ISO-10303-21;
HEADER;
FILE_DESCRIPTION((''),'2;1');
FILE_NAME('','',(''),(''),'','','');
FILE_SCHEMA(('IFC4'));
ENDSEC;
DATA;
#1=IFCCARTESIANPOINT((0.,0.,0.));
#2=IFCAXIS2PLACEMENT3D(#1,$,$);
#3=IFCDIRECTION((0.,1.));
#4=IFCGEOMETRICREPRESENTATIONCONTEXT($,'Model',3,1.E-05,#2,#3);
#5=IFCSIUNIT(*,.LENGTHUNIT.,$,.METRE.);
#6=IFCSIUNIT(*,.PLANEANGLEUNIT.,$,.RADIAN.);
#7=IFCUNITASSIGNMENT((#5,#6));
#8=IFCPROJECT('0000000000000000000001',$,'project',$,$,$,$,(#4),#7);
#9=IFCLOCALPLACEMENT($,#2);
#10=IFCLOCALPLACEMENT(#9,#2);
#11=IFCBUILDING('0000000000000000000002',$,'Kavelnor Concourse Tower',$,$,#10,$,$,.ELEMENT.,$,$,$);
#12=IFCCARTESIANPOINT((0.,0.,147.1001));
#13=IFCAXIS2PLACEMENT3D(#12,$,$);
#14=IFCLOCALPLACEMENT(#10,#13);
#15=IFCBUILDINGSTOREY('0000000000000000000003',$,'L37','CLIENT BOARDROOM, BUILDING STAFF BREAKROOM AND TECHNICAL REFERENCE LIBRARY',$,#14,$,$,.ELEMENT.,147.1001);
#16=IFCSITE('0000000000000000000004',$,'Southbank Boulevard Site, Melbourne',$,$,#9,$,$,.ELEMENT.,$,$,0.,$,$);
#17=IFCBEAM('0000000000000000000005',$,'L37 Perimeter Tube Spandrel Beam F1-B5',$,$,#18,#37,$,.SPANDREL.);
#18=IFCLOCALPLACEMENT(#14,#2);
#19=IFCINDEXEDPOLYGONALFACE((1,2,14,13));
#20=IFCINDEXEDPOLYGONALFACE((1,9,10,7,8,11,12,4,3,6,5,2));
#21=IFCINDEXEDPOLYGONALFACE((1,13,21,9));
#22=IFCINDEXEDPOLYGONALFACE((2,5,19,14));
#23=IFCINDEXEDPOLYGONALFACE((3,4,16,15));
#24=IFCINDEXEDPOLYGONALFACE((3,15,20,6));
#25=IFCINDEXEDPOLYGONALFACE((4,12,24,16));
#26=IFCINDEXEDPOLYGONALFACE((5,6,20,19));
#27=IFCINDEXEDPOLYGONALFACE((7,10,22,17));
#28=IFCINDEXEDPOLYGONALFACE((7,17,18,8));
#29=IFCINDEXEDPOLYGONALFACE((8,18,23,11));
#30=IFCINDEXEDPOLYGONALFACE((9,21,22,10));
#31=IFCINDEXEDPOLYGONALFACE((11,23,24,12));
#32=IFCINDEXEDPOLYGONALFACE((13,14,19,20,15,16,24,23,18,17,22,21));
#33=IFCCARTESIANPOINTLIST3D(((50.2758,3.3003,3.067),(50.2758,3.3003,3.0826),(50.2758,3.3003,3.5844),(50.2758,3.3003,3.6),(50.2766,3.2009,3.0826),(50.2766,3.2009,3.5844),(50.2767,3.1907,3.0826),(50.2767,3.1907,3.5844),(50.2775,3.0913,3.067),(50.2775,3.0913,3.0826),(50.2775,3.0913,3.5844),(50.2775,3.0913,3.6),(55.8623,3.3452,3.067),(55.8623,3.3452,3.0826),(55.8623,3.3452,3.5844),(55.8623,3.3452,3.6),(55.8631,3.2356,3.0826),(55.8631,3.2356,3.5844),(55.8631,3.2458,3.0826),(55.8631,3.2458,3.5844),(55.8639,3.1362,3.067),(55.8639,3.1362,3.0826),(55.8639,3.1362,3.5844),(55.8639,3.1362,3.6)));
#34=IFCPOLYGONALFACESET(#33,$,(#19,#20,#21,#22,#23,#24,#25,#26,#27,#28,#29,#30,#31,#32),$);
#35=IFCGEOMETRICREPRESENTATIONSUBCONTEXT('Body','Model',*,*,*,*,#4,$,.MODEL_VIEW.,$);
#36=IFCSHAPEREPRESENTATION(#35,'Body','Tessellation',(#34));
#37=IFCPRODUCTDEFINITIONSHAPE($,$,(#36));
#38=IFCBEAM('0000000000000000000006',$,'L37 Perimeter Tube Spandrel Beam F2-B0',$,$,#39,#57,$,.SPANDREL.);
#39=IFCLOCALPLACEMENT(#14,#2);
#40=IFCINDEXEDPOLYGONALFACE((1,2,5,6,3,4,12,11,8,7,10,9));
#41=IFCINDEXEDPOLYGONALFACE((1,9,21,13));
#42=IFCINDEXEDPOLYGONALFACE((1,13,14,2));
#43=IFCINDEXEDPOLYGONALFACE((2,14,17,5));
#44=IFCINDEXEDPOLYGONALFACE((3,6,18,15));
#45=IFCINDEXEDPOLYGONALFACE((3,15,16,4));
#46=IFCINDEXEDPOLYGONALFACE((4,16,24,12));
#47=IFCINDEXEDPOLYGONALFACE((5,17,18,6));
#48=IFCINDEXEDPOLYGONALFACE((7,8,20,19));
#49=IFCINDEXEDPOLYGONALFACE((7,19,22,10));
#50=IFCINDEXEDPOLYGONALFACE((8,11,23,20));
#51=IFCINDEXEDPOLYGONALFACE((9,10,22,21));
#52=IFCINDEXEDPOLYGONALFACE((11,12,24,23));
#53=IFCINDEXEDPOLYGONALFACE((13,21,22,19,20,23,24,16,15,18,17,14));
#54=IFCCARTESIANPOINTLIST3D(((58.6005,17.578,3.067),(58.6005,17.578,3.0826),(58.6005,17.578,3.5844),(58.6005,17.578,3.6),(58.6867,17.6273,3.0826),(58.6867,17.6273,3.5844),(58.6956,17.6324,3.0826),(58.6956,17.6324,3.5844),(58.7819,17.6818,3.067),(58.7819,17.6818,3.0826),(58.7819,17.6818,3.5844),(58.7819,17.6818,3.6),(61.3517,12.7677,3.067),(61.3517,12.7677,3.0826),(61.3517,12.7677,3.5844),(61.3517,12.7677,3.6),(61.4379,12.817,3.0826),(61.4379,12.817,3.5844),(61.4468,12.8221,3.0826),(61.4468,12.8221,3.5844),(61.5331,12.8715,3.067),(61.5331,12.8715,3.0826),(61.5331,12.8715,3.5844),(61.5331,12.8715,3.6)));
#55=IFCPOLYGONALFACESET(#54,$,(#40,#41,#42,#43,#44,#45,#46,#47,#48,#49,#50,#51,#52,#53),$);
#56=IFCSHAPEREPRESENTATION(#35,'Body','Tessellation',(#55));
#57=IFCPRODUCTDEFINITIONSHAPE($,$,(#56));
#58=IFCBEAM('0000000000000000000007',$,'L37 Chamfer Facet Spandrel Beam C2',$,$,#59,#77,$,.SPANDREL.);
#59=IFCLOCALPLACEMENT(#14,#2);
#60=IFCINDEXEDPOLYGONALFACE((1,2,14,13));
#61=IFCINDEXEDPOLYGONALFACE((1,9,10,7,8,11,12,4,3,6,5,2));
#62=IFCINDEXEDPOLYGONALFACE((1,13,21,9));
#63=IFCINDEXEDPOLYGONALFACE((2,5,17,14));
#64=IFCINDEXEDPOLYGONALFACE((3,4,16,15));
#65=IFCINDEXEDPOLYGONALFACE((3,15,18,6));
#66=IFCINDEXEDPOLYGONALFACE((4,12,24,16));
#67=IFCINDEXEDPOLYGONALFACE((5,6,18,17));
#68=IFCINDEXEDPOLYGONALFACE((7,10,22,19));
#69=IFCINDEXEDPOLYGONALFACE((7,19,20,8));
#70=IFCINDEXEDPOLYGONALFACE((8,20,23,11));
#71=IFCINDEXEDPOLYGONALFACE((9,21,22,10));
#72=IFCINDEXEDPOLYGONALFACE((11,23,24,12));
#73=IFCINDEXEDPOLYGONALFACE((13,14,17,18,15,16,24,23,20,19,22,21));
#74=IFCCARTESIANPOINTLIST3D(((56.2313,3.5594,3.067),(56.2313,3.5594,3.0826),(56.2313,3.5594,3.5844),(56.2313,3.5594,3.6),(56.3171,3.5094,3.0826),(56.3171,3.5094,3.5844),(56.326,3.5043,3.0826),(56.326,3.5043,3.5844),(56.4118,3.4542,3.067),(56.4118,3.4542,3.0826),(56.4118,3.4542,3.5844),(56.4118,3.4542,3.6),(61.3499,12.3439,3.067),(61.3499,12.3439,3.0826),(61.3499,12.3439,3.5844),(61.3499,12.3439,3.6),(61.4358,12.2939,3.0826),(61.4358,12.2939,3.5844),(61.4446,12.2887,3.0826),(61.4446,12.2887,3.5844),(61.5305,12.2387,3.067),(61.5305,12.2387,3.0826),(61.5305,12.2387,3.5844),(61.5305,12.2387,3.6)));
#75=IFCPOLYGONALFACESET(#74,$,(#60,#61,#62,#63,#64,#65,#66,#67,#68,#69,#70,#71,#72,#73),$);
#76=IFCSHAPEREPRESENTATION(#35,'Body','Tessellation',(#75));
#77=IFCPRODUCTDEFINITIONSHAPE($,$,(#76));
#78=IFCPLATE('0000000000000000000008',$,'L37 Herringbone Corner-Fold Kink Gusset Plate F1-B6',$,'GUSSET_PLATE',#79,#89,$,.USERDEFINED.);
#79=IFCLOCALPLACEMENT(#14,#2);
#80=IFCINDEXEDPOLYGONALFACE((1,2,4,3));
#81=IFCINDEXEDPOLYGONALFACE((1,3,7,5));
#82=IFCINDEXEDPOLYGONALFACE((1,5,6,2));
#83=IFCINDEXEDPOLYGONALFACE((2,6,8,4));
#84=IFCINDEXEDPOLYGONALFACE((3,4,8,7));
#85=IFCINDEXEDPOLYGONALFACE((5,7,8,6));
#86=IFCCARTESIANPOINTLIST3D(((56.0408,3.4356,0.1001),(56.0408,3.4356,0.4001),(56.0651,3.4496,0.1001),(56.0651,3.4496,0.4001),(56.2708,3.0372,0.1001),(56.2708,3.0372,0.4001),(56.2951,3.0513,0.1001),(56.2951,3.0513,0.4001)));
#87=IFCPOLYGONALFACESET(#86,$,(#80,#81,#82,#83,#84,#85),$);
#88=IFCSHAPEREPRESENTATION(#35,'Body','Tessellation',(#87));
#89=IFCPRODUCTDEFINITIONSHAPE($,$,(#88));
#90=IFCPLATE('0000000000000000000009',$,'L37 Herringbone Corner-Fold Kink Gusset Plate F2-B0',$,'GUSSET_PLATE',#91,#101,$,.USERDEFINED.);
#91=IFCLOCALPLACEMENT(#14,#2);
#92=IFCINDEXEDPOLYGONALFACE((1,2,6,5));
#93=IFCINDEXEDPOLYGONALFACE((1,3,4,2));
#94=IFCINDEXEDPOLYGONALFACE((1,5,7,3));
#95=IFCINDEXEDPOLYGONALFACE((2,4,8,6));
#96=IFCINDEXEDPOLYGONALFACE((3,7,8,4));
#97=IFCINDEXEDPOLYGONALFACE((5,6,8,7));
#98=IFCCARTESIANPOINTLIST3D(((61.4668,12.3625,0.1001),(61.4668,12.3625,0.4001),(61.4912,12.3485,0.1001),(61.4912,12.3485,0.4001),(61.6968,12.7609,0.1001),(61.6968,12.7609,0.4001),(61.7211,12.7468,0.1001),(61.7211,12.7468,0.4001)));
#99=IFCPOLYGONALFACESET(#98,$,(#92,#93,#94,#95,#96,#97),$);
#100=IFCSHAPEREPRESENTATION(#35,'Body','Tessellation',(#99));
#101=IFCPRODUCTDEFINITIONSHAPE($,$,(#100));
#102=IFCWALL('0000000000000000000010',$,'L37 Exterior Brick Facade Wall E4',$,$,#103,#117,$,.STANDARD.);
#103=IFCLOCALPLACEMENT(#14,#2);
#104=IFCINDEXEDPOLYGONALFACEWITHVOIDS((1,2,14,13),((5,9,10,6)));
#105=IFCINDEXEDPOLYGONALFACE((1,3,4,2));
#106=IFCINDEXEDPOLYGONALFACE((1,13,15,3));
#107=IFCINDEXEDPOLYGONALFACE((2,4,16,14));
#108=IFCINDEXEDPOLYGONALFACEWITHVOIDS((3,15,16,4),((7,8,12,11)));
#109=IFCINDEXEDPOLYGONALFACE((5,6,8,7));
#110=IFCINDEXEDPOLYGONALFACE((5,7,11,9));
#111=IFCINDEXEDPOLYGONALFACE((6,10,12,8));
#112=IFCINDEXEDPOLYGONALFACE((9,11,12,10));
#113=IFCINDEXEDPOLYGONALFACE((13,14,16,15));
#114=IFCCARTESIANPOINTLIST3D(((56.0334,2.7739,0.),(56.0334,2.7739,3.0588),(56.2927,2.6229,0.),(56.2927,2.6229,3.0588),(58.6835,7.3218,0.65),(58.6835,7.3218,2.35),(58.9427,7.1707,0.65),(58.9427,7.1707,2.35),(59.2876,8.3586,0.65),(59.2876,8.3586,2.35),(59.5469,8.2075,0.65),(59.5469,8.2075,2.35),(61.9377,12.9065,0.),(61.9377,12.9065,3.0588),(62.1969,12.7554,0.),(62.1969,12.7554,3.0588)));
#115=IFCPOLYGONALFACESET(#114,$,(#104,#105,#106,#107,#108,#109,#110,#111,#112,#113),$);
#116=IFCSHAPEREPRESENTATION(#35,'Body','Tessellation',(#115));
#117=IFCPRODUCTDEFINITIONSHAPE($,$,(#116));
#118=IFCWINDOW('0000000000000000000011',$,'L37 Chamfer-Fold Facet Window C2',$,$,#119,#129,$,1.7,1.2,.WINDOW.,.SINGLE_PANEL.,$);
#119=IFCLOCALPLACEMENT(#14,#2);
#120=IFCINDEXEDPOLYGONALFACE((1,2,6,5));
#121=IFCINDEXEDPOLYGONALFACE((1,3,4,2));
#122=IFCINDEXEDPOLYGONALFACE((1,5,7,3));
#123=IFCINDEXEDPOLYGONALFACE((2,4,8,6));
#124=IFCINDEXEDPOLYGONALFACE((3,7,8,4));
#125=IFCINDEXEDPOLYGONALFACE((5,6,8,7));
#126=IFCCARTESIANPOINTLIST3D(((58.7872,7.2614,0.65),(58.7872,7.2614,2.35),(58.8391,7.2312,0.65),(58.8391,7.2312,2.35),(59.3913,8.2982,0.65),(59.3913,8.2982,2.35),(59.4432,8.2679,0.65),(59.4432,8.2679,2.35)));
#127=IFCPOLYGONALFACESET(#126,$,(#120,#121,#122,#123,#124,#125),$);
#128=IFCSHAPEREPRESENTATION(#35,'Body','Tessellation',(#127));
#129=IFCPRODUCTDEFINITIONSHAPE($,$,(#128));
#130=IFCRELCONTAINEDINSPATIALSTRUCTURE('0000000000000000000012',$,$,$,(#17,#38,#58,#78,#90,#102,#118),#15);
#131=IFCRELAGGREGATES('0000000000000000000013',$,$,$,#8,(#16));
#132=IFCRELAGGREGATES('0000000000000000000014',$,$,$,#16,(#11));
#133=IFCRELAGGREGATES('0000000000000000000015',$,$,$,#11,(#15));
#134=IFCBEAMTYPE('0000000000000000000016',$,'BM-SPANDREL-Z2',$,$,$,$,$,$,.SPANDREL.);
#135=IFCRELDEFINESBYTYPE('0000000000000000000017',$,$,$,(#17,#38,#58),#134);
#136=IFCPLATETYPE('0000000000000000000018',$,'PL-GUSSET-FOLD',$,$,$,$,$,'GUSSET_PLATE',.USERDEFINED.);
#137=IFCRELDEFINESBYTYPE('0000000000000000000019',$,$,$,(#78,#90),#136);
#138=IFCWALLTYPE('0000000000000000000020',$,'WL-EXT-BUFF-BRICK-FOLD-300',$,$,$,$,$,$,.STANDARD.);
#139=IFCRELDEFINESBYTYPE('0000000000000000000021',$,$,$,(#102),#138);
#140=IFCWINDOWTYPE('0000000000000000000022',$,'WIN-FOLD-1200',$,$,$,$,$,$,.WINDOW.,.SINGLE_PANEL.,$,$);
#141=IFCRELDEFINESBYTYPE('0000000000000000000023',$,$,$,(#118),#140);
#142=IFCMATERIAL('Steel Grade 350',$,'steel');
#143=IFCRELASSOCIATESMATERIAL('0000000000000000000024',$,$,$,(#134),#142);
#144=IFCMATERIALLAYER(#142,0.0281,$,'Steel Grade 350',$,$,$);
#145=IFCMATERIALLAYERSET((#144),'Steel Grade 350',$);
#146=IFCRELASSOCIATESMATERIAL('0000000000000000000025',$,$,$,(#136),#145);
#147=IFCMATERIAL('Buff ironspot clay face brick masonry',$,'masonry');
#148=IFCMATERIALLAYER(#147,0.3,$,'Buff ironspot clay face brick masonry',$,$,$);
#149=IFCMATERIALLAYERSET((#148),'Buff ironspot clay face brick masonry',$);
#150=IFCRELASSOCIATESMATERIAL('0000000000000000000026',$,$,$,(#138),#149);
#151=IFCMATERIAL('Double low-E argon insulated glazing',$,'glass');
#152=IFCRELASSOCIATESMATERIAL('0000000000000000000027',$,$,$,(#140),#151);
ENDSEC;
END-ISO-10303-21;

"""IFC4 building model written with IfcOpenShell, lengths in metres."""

from ifc_helpers import new_model, si_unit, direction, frame, frame_2d, origin, origin_2d, place, context, subcontext, project, spatial, rectangle, i_section, extrude, material, layer, layer_set, material_profile, profile_set, type_object, element, fill, save


model = new_model("IFC4")

# Units and contexts
model_context = context("Model", 3, precision=1e-05, world=origin(), true_north=direction((0.0, 1.0)))
body_context = subcontext(model_context, "Body", "Model", "MODEL_VIEW")
ifc_project = project(units=[si_unit("LENGTHUNIT", "METRE"), si_unit("PLANEANGLEUNIT", "RADIAN")], contexts=[model_context])

# Site, building, storey
site_placement = place(None, origin())
site = spatial("IfcSite", under=ifc_project, at=site_placement, Name="Southbank Boulevard Site, Melbourne", CompositionType="ELEMENT", RefElevation=0.0)
building_placement = place(site_placement, origin())
building = spatial("IfcBuilding", under=site, at=building_placement, Name="Kavelnor Concourse Tower", CompositionType="ELEMENT")
storey_placement = place(building_placement, frame((0.0, 0.0, 147.1001)))
storey = spatial("IfcBuildingStorey", under=building, at=storey_placement, Name="L37", Description="CLIENT BOARDROOM, BUILDING STAFF BREAKROOM AND TECHNICAL REFERENCE LIBRARY", CompositionType="ELEMENT", Elevation=147.1001)

# Shared definitions
ifc_material_1 = material(Name="Steel Grade 350", Category="steel")

# Beams
ifc_material_profile_1 = material_profile(ifc_material_1, i_section(OverallWidth=0.209, OverallDepth=0.533, WebThickness=0.0103, FlangeThickness=0.0156, at=origin_2d()), Name="530UB92")
ifc_profile_set_1 = profile_set([ifc_material_profile_1], Name="Steel Grade 350")
beam_type_1 = type_object("IfcBeamType", Name="BM-SPANDREL-Z2", PredefinedType="SPANDREL", material=ifc_profile_set_1)
beam_1_placement = place(storey_placement, frame((50.2766, 3.1958, 3.3335), z_axis=(0.999968, 0.008041, 0.0), x_axis=(-0.008041, 0.999968, 0.0)))
element("IfcBeam", 1, at=beam_1_placement, inside=storey, type_object=beam_type_1, Name="L37 Perimeter Tube Spandrel Beam F1-B5", PredefinedType="SPANDREL", context=body_context, shape_type="SweptSolid", body=[
    extrude(i_section(OverallWidth=0.209, OverallDepth=0.533, WebThickness=0.0103, FlangeThickness=0.0156, at=origin_2d()), origin(), (0.0, 0.0, 1.0), 5.5867),
])
beam_2_placement = place(storey_placement, frame((61.4424, 12.8196, 3.3335), z_axis=(-0.496476, 0.868051, 0.0), x_axis=(-0.868051, -0.496476, 0.0)))
element("IfcBeam", 2, at=beam_2_placement, inside=storey, type_object=beam_type_1, Name="L37 Perimeter Tube Spandrel Beam F2-B0", PredefinedType="SPANDREL", context=body_context, shape_type="SweptSolid", body=[
    extrude(i_section(OverallWidth=0.209, OverallDepth=0.533, WebThickness=0.0103, FlangeThickness=0.0156, at=origin_2d()), origin(), (0.0, 0.0, 1.0), 5.5415),
])
beam_3_placement = place(storey_placement, frame((56.3215, 3.5068, 3.3335), z_axis=(0.50346, 0.864018, 0.0), x_axis=(-0.864018, 0.50346, 0.0)))
element("IfcBeam", 3, at=beam_3_placement, inside=storey, type_object=beam_type_1, Name="L37 Chamfer Facet Spandrel Beam C2", PredefinedType="SPANDREL", context=body_context, shape_type="SweptSolid", body=[
    extrude(i_section(OverallWidth=0.209, OverallDepth=0.533, WebThickness=0.0103, FlangeThickness=0.0156, at=origin_2d()), origin(), (0.0, 0.0, 1.0), 10.167),
])

# Plates
ifc_layer_1 = layer(ifc_material_1, 0.0281, Name="Steel Grade 350")
ifc_layer_set_1 = layer_set([ifc_layer_1], Name="Steel Grade 350")
plate_type = type_object("IfcPlateType", Name="PL-GUSSET-FOLD", ElementType="GUSSET_PLATE", PredefinedType="USERDEFINED", material=ifc_layer_set_1)
for number, where, z_axis, x_axis, name in (
    (4, (56.168, 3.2434, 0.1001), (0.0, 0.0, 1.0), (-0.5, 0.866025, 0.0), "L37 Herringbone Corner-Fold Kink Gusset Plate F1-B6"),
    (5, (61.594, 12.5547, 0.1001), (0.0, 0.0, 1.0), (-0.5, -0.866025, 0.0), "L37 Herringbone Corner-Fold Kink Gusset Plate F2-B0"),
):
    element("IfcPlate", number, at=place(storey_placement, frame(where, z_axis=z_axis, x_axis=x_axis)), inside=storey, type_object=plate_type, Name=name, ObjectType="GUSSET_PLATE", PredefinedType="USERDEFINED", context=body_context, shape_type="SweptSolid", body=[
        extrude(rectangle(XDim=0.46, YDim=0.0281, at=origin_2d()), origin(), (0.0, 0.0, 1.0), 0.3),
    ])

# Wall, opening, window
ifc_material_2 = material(Name="Buff ironspot clay face brick masonry", Category="masonry")
ifc_layer_2 = layer(ifc_material_2, 0.3, Name="Buff ironspot clay face brick masonry")
ifc_layer_set_2 = layer_set([ifc_layer_2], Name="Buff ironspot clay face brick masonry")
wall_type_1 = type_object("IfcWallType", Name="WL-EXT-BUFF-BRICK-FOLD-300", PredefinedType="STANDARD", material=ifc_layer_set_2)
wall_1_placement = place(storey_placement, frame((62.0674, 12.8311, 0.0), z_axis=(0.0, 0.0, 1.0), x_axis=(-0.503466, -0.864015, 0.0)))
wall_1 = element("IfcWall", 6, at=wall_1_placement, inside=storey, type_object=wall_type_1, Name="L37 Exterior Brick Facade Wall E4", PredefinedType="STANDARD", context=body_context, shape_type="SweptSolid", body=[
    extrude(rectangle(XDim=11.7273, YDim=0.3, at=frame_2d((5.8638, 0.0))), origin(), (0.0, 0.0, 1.0), 3.0588),
])
opening_1_placement = place(wall_1_placement, frame((5.2637, 0.0, 0.6499)))
opening_1 = element("IfcOpeningElement", 7, at=opening_1_placement, cuts=wall_1, PredefinedType="OPENING", context=body_context, shape_type="SweptSolid", body=[
    extrude(rectangle(XDim=1.2, YDim=1.7, at=frame_2d((0.6001, 0.8501))), frame((0.0, 0.1602, 0.0), z_axis=(0.0, -1.0, 0.0), x_axis=(1.0, 0.0, 0.0)), (0.0, 0.0, 1.0), 0.3201),
])
ifc_material_3 = material(Name="Double low-E argon insulated glazing", Category="glass")
window_type_1 = type_object("IfcWindowType", Name="WIN-FOLD-1200", PartitioningType="SINGLE_PANEL", PredefinedType="WINDOW", material=ifc_material_3)
window_1_placement = place(opening_1_placement, origin())
window_1 = element("IfcWindow", 8, at=window_1_placement, inside=storey, type_object=window_type_1, Name="L37 Chamfer-Fold Facet Window C2", OverallHeight=1.7, OverallWidth=1.2, PartitioningType="SINGLE_PANEL", PredefinedType="WINDOW", context=body_context, shape_type="SweptSolid", body=[
    extrude(rectangle(XDim=1.2, YDim=1.7, at=frame_2d((0.6001, 0.8501))), frame((0.0, 0.03, 0.0), z_axis=(0.0, -1.0, 0.0), x_axis=(1.0, 0.0, 0.0)), (0.0, 0.0, 1.0), 0.0601),
])
fill(opening_1, window_1)

save(model, "model.ifc")
